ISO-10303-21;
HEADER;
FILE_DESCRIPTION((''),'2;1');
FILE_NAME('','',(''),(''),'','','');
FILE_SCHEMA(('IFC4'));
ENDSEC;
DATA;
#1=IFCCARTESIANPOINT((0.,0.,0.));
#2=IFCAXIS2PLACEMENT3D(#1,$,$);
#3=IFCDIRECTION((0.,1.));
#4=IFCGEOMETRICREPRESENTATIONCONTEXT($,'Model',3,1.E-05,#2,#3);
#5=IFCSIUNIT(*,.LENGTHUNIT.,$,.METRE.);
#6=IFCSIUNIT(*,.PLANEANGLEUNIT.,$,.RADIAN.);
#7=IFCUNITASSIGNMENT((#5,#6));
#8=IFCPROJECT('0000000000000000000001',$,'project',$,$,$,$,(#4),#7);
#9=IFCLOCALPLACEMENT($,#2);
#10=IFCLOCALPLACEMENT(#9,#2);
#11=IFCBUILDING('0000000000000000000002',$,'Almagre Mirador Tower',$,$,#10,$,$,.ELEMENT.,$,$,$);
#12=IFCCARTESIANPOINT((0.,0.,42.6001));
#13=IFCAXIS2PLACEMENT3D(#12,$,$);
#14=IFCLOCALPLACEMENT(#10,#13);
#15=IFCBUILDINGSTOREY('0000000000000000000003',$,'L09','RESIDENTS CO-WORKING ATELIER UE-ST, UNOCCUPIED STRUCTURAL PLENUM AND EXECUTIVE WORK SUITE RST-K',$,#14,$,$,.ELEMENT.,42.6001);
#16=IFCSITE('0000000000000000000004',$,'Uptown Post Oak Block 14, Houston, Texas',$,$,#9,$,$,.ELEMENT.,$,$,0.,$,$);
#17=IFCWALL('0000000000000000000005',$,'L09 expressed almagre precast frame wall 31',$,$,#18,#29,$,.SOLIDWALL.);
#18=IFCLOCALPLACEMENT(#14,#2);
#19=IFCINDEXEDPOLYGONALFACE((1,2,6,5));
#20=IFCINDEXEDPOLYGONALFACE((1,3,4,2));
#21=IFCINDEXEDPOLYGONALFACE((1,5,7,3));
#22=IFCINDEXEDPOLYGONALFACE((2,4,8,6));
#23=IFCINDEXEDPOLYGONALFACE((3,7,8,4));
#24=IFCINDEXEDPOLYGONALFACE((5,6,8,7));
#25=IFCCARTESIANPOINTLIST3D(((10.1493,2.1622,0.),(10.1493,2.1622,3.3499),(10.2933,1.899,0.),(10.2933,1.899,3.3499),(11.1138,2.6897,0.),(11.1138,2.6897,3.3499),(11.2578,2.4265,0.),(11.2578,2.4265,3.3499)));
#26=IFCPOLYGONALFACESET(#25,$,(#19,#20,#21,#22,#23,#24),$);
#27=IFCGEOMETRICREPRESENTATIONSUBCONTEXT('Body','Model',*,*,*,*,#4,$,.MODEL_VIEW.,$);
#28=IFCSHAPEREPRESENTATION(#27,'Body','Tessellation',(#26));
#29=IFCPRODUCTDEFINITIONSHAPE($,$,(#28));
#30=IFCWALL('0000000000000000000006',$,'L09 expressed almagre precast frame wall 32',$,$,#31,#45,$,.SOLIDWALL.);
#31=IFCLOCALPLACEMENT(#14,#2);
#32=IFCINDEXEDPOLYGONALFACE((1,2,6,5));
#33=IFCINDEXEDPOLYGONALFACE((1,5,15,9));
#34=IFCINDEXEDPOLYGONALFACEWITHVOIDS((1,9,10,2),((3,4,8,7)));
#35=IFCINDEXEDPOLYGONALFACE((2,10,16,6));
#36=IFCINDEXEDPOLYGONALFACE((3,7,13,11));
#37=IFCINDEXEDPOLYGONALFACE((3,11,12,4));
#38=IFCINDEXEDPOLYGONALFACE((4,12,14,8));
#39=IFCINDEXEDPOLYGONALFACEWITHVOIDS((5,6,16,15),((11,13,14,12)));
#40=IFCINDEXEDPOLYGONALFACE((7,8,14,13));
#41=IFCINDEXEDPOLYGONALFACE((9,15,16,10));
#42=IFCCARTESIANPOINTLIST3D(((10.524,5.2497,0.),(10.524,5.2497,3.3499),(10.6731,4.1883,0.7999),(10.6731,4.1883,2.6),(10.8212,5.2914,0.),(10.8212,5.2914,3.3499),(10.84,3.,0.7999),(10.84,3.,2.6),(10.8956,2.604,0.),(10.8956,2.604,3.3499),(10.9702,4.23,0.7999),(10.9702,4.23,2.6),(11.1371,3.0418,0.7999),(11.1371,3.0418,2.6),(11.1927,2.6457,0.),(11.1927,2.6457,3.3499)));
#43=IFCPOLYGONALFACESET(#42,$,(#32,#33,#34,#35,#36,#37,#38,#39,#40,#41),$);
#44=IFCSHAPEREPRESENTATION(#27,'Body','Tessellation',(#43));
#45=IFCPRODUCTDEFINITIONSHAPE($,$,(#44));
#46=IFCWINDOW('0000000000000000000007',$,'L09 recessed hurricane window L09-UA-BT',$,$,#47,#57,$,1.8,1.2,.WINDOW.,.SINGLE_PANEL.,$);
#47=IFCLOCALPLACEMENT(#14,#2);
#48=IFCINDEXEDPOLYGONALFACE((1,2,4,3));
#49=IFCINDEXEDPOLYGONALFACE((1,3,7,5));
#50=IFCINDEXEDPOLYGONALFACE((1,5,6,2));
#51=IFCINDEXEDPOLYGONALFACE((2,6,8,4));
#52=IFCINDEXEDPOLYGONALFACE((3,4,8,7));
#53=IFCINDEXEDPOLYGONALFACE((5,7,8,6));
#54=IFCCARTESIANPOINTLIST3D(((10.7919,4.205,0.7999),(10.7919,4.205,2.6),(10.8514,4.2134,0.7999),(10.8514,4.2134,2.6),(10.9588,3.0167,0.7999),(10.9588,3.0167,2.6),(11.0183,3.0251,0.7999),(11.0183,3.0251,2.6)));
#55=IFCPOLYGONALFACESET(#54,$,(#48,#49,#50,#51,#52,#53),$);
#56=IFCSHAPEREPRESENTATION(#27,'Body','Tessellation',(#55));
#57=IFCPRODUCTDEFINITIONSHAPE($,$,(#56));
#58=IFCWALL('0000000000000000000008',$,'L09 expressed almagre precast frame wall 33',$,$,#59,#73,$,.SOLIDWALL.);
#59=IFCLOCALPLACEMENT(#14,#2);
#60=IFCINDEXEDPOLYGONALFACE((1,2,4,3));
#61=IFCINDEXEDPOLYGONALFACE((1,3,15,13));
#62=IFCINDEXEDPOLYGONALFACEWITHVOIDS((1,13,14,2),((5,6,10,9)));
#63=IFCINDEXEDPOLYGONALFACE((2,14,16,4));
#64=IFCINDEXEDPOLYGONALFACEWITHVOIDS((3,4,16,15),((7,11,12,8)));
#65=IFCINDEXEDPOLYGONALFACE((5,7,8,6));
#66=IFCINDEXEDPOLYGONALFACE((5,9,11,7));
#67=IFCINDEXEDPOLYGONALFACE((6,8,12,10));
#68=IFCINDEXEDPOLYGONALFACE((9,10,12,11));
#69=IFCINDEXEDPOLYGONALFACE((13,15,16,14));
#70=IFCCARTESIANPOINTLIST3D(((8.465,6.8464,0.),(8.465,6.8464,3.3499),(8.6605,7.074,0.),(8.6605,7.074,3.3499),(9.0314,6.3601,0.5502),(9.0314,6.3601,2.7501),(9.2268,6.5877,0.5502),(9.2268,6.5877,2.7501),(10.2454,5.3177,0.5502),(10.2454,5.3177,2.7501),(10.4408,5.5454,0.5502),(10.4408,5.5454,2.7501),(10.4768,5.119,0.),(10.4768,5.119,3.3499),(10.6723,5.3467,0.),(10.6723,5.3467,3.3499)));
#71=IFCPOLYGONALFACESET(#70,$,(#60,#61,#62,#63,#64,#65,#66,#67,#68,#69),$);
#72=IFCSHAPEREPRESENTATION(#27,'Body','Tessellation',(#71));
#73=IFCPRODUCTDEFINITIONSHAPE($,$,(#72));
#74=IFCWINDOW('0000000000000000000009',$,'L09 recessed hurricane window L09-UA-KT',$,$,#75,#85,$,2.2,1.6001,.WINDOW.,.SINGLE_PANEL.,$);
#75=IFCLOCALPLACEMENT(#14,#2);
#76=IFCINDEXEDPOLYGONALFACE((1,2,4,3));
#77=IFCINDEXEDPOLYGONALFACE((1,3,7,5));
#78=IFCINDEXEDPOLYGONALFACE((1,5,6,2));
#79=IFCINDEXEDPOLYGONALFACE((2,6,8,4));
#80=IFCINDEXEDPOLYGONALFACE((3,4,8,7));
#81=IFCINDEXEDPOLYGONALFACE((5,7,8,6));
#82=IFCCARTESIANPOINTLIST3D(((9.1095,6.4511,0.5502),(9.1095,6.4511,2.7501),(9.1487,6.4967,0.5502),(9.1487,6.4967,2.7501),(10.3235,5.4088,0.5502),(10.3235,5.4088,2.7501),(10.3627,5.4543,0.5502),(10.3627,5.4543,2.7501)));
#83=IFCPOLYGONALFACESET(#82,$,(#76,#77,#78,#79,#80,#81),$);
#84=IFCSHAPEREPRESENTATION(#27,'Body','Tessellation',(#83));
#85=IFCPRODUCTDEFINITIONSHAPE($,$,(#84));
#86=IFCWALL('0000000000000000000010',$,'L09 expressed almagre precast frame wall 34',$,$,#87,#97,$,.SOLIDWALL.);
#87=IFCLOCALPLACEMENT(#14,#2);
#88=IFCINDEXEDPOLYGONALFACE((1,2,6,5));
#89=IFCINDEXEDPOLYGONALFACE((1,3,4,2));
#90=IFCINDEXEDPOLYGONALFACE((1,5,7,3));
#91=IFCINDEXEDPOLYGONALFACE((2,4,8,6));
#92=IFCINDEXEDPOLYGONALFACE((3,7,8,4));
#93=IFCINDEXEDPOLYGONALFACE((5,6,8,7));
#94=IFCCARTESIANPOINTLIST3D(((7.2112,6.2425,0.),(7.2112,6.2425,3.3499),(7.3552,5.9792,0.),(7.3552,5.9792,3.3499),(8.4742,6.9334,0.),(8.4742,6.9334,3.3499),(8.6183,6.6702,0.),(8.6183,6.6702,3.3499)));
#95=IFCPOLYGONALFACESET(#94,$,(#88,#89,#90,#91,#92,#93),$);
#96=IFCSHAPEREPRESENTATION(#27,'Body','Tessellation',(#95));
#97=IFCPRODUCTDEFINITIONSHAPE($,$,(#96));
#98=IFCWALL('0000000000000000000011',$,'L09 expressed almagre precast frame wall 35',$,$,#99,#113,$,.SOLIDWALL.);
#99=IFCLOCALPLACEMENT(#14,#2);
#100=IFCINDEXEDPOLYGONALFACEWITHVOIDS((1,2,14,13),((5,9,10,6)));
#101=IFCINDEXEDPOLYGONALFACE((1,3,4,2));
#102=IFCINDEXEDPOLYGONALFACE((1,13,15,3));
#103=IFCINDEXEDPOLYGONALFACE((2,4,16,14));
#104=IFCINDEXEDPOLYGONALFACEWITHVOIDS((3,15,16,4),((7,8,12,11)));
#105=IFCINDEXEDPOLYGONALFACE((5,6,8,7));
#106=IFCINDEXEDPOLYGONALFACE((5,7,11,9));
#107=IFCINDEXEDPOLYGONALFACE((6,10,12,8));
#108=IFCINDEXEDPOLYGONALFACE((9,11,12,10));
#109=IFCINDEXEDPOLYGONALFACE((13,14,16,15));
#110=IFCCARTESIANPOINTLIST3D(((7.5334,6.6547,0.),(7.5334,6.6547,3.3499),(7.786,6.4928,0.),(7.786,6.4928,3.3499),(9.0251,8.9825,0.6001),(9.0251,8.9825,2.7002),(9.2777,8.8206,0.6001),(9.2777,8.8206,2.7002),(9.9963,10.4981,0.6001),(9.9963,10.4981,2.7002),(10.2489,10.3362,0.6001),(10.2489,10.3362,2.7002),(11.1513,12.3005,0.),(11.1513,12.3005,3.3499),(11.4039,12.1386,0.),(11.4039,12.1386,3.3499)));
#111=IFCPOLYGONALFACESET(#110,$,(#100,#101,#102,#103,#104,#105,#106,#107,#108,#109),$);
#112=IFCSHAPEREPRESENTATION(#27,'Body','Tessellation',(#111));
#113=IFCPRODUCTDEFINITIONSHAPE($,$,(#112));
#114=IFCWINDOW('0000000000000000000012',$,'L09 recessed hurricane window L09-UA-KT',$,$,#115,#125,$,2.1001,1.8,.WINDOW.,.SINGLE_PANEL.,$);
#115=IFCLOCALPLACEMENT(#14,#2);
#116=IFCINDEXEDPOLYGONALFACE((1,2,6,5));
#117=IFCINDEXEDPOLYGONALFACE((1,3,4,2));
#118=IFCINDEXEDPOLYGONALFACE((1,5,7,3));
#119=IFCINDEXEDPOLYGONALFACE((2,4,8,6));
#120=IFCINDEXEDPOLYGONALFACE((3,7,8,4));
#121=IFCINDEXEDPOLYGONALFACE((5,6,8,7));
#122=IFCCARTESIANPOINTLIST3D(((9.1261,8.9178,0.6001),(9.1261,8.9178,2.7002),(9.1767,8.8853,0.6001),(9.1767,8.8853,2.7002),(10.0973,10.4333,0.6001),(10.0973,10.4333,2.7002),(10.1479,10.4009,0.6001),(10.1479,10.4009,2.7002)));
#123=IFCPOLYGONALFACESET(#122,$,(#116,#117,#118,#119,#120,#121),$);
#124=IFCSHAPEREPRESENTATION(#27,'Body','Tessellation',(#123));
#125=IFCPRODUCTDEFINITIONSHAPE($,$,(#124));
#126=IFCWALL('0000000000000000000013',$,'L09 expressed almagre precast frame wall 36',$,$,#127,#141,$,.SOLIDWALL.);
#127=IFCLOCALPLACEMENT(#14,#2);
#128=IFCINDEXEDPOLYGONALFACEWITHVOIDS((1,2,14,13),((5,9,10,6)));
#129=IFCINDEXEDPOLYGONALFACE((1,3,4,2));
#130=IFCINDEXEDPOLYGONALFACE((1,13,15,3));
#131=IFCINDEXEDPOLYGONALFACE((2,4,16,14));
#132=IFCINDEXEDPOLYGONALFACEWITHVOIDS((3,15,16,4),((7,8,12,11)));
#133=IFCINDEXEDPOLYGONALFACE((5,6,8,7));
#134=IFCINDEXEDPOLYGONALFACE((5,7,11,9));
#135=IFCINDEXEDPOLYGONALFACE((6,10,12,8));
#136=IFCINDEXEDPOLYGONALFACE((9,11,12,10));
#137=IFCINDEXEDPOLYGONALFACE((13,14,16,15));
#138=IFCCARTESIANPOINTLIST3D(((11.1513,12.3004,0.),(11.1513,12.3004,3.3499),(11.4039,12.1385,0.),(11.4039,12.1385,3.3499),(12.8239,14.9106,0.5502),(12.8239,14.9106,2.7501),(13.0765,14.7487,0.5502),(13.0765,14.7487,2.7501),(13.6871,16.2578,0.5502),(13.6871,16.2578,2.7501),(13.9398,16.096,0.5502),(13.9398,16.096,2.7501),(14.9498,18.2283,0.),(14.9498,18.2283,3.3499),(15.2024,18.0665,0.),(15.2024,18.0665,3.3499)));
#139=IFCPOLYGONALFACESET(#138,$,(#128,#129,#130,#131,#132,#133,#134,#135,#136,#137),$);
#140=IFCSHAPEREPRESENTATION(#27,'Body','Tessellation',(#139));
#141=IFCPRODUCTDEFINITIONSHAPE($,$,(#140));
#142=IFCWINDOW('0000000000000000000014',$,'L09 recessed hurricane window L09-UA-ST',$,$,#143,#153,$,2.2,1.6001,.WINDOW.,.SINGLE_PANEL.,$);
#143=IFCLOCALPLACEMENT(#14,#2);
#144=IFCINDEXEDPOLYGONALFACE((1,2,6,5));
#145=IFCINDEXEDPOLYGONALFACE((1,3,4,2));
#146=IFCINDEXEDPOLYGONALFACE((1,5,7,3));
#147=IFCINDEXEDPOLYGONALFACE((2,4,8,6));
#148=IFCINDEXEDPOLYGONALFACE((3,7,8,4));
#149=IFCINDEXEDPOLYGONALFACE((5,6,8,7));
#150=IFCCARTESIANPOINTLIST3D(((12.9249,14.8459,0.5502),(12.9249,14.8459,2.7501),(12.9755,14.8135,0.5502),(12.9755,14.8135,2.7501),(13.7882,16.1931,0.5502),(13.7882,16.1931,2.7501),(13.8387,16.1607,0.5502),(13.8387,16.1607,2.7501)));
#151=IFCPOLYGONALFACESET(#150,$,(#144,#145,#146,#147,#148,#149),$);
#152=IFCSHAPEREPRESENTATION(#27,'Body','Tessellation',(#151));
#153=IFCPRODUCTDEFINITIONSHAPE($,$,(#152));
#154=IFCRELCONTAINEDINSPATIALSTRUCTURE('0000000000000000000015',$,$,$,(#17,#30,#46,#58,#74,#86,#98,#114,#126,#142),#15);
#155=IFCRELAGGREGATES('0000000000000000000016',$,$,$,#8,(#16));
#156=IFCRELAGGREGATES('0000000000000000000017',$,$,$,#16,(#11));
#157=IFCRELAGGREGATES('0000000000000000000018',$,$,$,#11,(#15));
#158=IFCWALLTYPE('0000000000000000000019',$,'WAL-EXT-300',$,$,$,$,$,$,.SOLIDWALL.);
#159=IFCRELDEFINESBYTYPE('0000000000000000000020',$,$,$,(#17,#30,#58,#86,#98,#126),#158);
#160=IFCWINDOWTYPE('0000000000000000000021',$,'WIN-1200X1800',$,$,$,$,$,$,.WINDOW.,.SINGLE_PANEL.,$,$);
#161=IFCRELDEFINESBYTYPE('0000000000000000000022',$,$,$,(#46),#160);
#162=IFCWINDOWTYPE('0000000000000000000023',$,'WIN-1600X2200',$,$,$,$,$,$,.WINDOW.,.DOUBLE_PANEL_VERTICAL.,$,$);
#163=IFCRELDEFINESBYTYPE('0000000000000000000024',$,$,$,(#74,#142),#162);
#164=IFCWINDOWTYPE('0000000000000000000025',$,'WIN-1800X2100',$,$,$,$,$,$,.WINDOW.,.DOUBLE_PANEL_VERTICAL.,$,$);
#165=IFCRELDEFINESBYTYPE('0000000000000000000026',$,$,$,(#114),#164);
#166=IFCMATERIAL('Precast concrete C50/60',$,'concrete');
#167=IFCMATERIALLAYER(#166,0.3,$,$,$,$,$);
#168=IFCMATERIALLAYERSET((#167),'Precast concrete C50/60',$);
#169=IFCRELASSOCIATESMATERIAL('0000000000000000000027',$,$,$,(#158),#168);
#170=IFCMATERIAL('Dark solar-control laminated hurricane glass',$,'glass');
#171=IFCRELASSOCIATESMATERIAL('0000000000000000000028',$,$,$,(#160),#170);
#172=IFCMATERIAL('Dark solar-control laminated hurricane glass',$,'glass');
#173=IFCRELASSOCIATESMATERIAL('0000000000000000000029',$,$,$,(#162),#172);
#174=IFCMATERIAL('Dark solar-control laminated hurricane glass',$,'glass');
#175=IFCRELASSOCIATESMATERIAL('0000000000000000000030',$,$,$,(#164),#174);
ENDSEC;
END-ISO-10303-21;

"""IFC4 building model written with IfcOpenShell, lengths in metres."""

from ifc_helpers import new_model, si_unit, direction, frame, frame_2d, origin, place, context, subcontext, project, spatial, rectangle, extrude, material, layer, layer_set, type_object, element, fill, save


model = new_model("IFC4")

# Units and contexts
model_context = context("Model", 3, precision=1e-05, world=origin(), true_north=direction((0.0, 1.0)))
body_context = subcontext(model_context, "Body", "Model", "MODEL_VIEW")
ifc_project = project(units=[si_unit("LENGTHUNIT", "METRE"), si_unit("PLANEANGLEUNIT", "RADIAN")], contexts=[model_context])

# Site, building, storey
site_placement = place(None, origin())
site = spatial("IfcSite", under=ifc_project, at=site_placement, Name="Uptown Post Oak Block 14, Houston, Texas", CompositionType="ELEMENT", RefElevation=0.0)
building_placement = place(site_placement, origin())
building = spatial("IfcBuilding", under=site, at=building_placement, Name="Almagre Mirador Tower", CompositionType="ELEMENT")
storey_placement = place(building_placement, frame((0.0, 0.0, 42.6001)))
storey = spatial("IfcBuildingStorey", under=building, at=storey_placement, Name="L09", Description="RESIDENTS CO-WORKING ATELIER UE-ST, UNOCCUPIED STRUCTURAL PLENUM AND EXECUTIVE WORK SUITE RST-K", CompositionType="ELEMENT", Elevation=42.6001)

# Wall
ifc_material_1 = material(Name="Precast concrete C50/60", Category="concrete")
ifc_layer_1 = layer(ifc_material_1, 0.3)
ifc_layer_set_1 = layer_set([ifc_layer_1], Name="Precast concrete C50/60")
wall_type_1 = type_object("IfcWallType", Name="WAL-EXT-300", PredefinedType="SOLIDWALL", material=ifc_layer_set_1)
wall_1_placement = place(storey_placement, frame((10.2212, 2.0305, 0.0), z_axis=(0.0, 0.0, 1.0), x_axis=(0.877343, 0.479863, 0.0)))
element("IfcWall", 1, at=wall_1_placement, inside=storey, type_object=wall_type_1, Name="L09 expressed almagre precast frame wall 31", PredefinedType="SOLIDWALL", context=body_context, shape_type="SweptSolid", body=[
    extrude(rectangle(XDim=1.0994, YDim=0.3, at=frame_2d((0.5498, 0.0))), origin(), (0.0, 0.0, 1.0), 3.3499),
])

# Walls, openings, windows
wall_2_placement = place(storey_placement, frame((11.0442, 2.6248, 0.0), z_axis=(0.0, 0.0, 1.0), x_axis=(-0.13908, 0.990281, 0.0)))
wall_2 = element("IfcWall", 2, at=wall_2_placement, inside=storey, type_object=wall_type_1, Name="L09 expressed almagre precast frame wall 32", PredefinedType="SOLIDWALL", context=body_context, shape_type="SweptSolid", body=[
    extrude(rectangle(XDim=2.6716, YDim=0.3, at=frame_2d((1.3359, 0.0))), origin(), (0.0, 0.0, 1.0), 3.3499),
])
opening_1_placement = place(wall_2_placement, frame((0.3999, 0.0, 0.8)))
opening_1 = element("IfcOpeningElement", 3, at=opening_1_placement, cuts=wall_2, PredefinedType="OPENING", context=body_context, shape_type="SweptSolid", body=[
    extrude(rectangle(XDim=1.2, YDim=1.8, at=frame_2d((0.6001, 0.8999))), frame((0.0, 0.1599, 0.0), z_axis=(0.0, -1.0, 0.0), x_axis=(1.0, 0.0, 0.0)), (0.0, 0.0, 1.0), 0.32),
])
ifc_material_2 = material(Name="Dark solar-control laminated hurricane glass", Category="glass")
window_type_1 = type_object("IfcWindowType", Name="WIN-1200X1800", PartitioningType="SINGLE_PANEL", PredefinedType="WINDOW", material=ifc_material_2)
window_1_placement = place(opening_1_placement, origin())
window_1 = element("IfcWindow", 4, at=window_1_placement, inside=storey, type_object=window_type_1, Name="L09 recessed hurricane window L09-UA-BT", OverallHeight=1.8, OverallWidth=1.2, PartitioningType="SINGLE_PANEL", PredefinedType="WINDOW", context=body_context, shape_type="SweptSolid", body=[
    extrude(rectangle(XDim=1.2, YDim=1.8, at=frame_2d((0.6001, 0.8999))), frame((0.0, 0.03, 0.0), z_axis=(0.0, -1.0, 0.0), x_axis=(1.0, 0.0, 0.0)), (0.0, 0.0, 1.0), 0.0601),
])
fill(opening_1, window_1)
wall_3_placement = place(storey_placement, frame((10.5745, 5.2329, 0.0), z_axis=(0.0, 0.0, 1.0), x_axis=(-0.758704, 0.651436, 0.0)))
wall_3 = element("IfcWall", 5, at=wall_3_placement, inside=storey, type_object=wall_type_1, Name="L09 expressed almagre precast frame wall 33", PredefinedType="SOLIDWALL", context=body_context, shape_type="SweptSolid", body=[
    extrude(rectangle(XDim=2.6516, YDim=0.3, at=frame_2d((1.3257, 0.0))), origin(), (0.0, 0.0, 1.0), 3.3499),
])
opening_2_placement = place(wall_3_placement, frame((0.3049, 0.0, 0.55)))
opening_2 = element("IfcOpeningElement", 6, at=opening_2_placement, cuts=wall_3, PredefinedType="OPENING", context=body_context, shape_type="SweptSolid", body=[
    extrude(rectangle(XDim=1.6001, YDim=2.2, at=frame_2d((0.8, 1.1001))), frame((0.0, 0.1599, 0.0), z_axis=(0.0, -1.0, 0.0), x_axis=(1.0, 0.0, 0.0)), (0.0, 0.0, 1.0), 0.32),
])
ifc_material_3 = material(Name="Dark solar-control laminated hurricane glass", Category="glass")
window_type_2 = type_object("IfcWindowType", Name="WIN-1600X2200", PartitioningType="DOUBLE_PANEL_VERTICAL", PredefinedType="WINDOW", material=ifc_material_3)
window_2_placement = place(opening_2_placement, origin())
window_2 = element("IfcWindow", 7, at=window_2_placement, inside=storey, type_object=window_type_2, Name="L09 recessed hurricane window L09-UA-KT", OverallHeight=2.2, OverallWidth=1.6001, PartitioningType="SINGLE_PANEL", PredefinedType="WINDOW", context=body_context, shape_type="SweptSolid", body=[
    extrude(rectangle(XDim=1.6001, YDim=2.2, at=frame_2d((0.8, 1.1001))), frame((0.0, 0.03, 0.0), z_axis=(0.0, -1.0, 0.0), x_axis=(1.0, 0.0, 0.0)), (0.0, 0.0, 1.0), 0.0601),
])
fill(opening_2, window_2)

# Wall
wall_4_placement = place(storey_placement, frame((8.5461, 6.8018, 0.0), z_axis=(0.0, 0.0, 1.0), x_axis=(-0.877299, -0.479945, 0.0)))
element("IfcWall", 8, at=wall_4_placement, inside=storey, type_object=wall_type_1, Name="L09 expressed almagre precast frame wall 34", PredefinedType="SOLIDWALL", context=body_context, shape_type="SweptSolid", body=[
    extrude(rectangle(XDim=1.4397, YDim=0.3, at=frame_2d((0.7197, 0.0))), origin(), (0.0, 0.0, 1.0), 3.3499),
])

# Walls, openings, windows
wall_5_placement = place(storey_placement, frame((7.6597, 6.5737, 0.0), z_axis=(0.0, 0.0, 1.0), x_axis=(0.539544, 0.841957, 0.0)))
wall_5 = element("IfcWall", 9, at=wall_5_placement, inside=storey, type_object=wall_type_1, Name="L09 expressed almagre precast frame wall 35", PredefinedType="SOLIDWALL", context=body_context, shape_type="SweptSolid", body=[
    extrude(rectangle(XDim=6.7056, YDim=0.3, at=frame_2d((3.3528, 0.0))), origin(), (0.0, 0.0, 1.0), 3.3499),
])
opening_3_placement = place(wall_5_placement, frame((2.7649, 0.0, 0.6001)))
opening_3 = element("IfcOpeningElement", 10, at=opening_3_placement, cuts=wall_5, PredefinedType="OPENING", context=body_context, shape_type="SweptSolid", body=[
    extrude(rectangle(XDim=1.8, YDim=2.1001, at=frame_2d((0.8999, 1.05))), frame((0.0, 0.1599, 0.0), z_axis=(0.0, -1.0, 0.0), x_axis=(1.0, 0.0, 0.0)), (0.0, 0.0, 1.0), 0.32),
])
ifc_material_4 = material(Name="Dark solar-control laminated hurricane glass", Category="glass")
window_type_3 = type_object("IfcWindowType", Name="WIN-1800X2100", PartitioningType="DOUBLE_PANEL_VERTICAL", PredefinedType="WINDOW", material=ifc_material_4)
window_3_placement = place(opening_3_placement, origin())
window_3 = element("IfcWindow", 11, at=window_3_placement, inside=storey, type_object=window_type_3, Name="L09 recessed hurricane window L09-UA-KT", OverallHeight=2.1001, OverallWidth=1.8, PartitioningType="SINGLE_PANEL", PredefinedType="WINDOW", context=body_context, shape_type="SweptSolid", body=[
    extrude(rectangle(XDim=1.8, YDim=2.1001, at=frame_2d((0.8999, 1.05))), frame((0.0, 0.03, 0.0), z_axis=(0.0, -1.0, 0.0), x_axis=(1.0, 0.0, 0.0)), (0.0, 0.0, 1.0), 0.0601),
])
fill(opening_3, window_3)
wall_6_placement = place(storey_placement, frame((11.2776, 12.2195, 0.0), z_axis=(0.0, 0.0, 1.0), x_axis=(0.539525, 0.84197, 0.0)))
wall_6 = element("IfcWall", 12, at=wall_6_placement, inside=storey, type_object=wall_type_1, Name="L09 expressed almagre precast frame wall 36", PredefinedType="SOLIDWALL", context=body_context, shape_type="SweptSolid", body=[
    extrude(rectangle(XDim=7.0405, YDim=0.3, at=frame_2d((3.5203, 0.0))), origin(), (0.0, 0.0, 1.0), 3.3499),
])
opening_4_placement = place(wall_6_placement, frame((3.1001, 0.0, 0.55)))
opening_4 = element("IfcOpeningElement", 13, at=opening_4_placement, cuts=wall_6, PredefinedType="OPENING", context=body_context, shape_type="SweptSolid", body=[
    extrude(rectangle(XDim=1.6001, YDim=2.2, at=frame_2d((0.8, 1.1001))), frame((0.0, 0.1599, 0.0), z_axis=(0.0, -1.0, 0.0), x_axis=(1.0, 0.0, 0.0)), (0.0, 0.0, 1.0), 0.32),
])
window_4_placement = place(opening_4_placement, origin())
window_4 = element("IfcWindow", 14, at=window_4_placement, inside=storey, type_object=window_type_2, Name="L09 recessed hurricane window L09-UA-ST", OverallHeight=2.2, OverallWidth=1.6001, PartitioningType="SINGLE_PANEL", PredefinedType="WINDOW", context=body_context, shape_type="SweptSolid", body=[
    extrude(rectangle(XDim=1.6001, YDim=2.2, at=frame_2d((0.8, 1.1001))), frame((0.0, 0.03, 0.0), z_axis=(0.0, -1.0, 0.0), x_axis=(1.0, 0.0, 0.0)), (0.0, 0.0, 1.0), 0.0601),
])
fill(opening_4, window_4)

save(model, "model.ifc")
